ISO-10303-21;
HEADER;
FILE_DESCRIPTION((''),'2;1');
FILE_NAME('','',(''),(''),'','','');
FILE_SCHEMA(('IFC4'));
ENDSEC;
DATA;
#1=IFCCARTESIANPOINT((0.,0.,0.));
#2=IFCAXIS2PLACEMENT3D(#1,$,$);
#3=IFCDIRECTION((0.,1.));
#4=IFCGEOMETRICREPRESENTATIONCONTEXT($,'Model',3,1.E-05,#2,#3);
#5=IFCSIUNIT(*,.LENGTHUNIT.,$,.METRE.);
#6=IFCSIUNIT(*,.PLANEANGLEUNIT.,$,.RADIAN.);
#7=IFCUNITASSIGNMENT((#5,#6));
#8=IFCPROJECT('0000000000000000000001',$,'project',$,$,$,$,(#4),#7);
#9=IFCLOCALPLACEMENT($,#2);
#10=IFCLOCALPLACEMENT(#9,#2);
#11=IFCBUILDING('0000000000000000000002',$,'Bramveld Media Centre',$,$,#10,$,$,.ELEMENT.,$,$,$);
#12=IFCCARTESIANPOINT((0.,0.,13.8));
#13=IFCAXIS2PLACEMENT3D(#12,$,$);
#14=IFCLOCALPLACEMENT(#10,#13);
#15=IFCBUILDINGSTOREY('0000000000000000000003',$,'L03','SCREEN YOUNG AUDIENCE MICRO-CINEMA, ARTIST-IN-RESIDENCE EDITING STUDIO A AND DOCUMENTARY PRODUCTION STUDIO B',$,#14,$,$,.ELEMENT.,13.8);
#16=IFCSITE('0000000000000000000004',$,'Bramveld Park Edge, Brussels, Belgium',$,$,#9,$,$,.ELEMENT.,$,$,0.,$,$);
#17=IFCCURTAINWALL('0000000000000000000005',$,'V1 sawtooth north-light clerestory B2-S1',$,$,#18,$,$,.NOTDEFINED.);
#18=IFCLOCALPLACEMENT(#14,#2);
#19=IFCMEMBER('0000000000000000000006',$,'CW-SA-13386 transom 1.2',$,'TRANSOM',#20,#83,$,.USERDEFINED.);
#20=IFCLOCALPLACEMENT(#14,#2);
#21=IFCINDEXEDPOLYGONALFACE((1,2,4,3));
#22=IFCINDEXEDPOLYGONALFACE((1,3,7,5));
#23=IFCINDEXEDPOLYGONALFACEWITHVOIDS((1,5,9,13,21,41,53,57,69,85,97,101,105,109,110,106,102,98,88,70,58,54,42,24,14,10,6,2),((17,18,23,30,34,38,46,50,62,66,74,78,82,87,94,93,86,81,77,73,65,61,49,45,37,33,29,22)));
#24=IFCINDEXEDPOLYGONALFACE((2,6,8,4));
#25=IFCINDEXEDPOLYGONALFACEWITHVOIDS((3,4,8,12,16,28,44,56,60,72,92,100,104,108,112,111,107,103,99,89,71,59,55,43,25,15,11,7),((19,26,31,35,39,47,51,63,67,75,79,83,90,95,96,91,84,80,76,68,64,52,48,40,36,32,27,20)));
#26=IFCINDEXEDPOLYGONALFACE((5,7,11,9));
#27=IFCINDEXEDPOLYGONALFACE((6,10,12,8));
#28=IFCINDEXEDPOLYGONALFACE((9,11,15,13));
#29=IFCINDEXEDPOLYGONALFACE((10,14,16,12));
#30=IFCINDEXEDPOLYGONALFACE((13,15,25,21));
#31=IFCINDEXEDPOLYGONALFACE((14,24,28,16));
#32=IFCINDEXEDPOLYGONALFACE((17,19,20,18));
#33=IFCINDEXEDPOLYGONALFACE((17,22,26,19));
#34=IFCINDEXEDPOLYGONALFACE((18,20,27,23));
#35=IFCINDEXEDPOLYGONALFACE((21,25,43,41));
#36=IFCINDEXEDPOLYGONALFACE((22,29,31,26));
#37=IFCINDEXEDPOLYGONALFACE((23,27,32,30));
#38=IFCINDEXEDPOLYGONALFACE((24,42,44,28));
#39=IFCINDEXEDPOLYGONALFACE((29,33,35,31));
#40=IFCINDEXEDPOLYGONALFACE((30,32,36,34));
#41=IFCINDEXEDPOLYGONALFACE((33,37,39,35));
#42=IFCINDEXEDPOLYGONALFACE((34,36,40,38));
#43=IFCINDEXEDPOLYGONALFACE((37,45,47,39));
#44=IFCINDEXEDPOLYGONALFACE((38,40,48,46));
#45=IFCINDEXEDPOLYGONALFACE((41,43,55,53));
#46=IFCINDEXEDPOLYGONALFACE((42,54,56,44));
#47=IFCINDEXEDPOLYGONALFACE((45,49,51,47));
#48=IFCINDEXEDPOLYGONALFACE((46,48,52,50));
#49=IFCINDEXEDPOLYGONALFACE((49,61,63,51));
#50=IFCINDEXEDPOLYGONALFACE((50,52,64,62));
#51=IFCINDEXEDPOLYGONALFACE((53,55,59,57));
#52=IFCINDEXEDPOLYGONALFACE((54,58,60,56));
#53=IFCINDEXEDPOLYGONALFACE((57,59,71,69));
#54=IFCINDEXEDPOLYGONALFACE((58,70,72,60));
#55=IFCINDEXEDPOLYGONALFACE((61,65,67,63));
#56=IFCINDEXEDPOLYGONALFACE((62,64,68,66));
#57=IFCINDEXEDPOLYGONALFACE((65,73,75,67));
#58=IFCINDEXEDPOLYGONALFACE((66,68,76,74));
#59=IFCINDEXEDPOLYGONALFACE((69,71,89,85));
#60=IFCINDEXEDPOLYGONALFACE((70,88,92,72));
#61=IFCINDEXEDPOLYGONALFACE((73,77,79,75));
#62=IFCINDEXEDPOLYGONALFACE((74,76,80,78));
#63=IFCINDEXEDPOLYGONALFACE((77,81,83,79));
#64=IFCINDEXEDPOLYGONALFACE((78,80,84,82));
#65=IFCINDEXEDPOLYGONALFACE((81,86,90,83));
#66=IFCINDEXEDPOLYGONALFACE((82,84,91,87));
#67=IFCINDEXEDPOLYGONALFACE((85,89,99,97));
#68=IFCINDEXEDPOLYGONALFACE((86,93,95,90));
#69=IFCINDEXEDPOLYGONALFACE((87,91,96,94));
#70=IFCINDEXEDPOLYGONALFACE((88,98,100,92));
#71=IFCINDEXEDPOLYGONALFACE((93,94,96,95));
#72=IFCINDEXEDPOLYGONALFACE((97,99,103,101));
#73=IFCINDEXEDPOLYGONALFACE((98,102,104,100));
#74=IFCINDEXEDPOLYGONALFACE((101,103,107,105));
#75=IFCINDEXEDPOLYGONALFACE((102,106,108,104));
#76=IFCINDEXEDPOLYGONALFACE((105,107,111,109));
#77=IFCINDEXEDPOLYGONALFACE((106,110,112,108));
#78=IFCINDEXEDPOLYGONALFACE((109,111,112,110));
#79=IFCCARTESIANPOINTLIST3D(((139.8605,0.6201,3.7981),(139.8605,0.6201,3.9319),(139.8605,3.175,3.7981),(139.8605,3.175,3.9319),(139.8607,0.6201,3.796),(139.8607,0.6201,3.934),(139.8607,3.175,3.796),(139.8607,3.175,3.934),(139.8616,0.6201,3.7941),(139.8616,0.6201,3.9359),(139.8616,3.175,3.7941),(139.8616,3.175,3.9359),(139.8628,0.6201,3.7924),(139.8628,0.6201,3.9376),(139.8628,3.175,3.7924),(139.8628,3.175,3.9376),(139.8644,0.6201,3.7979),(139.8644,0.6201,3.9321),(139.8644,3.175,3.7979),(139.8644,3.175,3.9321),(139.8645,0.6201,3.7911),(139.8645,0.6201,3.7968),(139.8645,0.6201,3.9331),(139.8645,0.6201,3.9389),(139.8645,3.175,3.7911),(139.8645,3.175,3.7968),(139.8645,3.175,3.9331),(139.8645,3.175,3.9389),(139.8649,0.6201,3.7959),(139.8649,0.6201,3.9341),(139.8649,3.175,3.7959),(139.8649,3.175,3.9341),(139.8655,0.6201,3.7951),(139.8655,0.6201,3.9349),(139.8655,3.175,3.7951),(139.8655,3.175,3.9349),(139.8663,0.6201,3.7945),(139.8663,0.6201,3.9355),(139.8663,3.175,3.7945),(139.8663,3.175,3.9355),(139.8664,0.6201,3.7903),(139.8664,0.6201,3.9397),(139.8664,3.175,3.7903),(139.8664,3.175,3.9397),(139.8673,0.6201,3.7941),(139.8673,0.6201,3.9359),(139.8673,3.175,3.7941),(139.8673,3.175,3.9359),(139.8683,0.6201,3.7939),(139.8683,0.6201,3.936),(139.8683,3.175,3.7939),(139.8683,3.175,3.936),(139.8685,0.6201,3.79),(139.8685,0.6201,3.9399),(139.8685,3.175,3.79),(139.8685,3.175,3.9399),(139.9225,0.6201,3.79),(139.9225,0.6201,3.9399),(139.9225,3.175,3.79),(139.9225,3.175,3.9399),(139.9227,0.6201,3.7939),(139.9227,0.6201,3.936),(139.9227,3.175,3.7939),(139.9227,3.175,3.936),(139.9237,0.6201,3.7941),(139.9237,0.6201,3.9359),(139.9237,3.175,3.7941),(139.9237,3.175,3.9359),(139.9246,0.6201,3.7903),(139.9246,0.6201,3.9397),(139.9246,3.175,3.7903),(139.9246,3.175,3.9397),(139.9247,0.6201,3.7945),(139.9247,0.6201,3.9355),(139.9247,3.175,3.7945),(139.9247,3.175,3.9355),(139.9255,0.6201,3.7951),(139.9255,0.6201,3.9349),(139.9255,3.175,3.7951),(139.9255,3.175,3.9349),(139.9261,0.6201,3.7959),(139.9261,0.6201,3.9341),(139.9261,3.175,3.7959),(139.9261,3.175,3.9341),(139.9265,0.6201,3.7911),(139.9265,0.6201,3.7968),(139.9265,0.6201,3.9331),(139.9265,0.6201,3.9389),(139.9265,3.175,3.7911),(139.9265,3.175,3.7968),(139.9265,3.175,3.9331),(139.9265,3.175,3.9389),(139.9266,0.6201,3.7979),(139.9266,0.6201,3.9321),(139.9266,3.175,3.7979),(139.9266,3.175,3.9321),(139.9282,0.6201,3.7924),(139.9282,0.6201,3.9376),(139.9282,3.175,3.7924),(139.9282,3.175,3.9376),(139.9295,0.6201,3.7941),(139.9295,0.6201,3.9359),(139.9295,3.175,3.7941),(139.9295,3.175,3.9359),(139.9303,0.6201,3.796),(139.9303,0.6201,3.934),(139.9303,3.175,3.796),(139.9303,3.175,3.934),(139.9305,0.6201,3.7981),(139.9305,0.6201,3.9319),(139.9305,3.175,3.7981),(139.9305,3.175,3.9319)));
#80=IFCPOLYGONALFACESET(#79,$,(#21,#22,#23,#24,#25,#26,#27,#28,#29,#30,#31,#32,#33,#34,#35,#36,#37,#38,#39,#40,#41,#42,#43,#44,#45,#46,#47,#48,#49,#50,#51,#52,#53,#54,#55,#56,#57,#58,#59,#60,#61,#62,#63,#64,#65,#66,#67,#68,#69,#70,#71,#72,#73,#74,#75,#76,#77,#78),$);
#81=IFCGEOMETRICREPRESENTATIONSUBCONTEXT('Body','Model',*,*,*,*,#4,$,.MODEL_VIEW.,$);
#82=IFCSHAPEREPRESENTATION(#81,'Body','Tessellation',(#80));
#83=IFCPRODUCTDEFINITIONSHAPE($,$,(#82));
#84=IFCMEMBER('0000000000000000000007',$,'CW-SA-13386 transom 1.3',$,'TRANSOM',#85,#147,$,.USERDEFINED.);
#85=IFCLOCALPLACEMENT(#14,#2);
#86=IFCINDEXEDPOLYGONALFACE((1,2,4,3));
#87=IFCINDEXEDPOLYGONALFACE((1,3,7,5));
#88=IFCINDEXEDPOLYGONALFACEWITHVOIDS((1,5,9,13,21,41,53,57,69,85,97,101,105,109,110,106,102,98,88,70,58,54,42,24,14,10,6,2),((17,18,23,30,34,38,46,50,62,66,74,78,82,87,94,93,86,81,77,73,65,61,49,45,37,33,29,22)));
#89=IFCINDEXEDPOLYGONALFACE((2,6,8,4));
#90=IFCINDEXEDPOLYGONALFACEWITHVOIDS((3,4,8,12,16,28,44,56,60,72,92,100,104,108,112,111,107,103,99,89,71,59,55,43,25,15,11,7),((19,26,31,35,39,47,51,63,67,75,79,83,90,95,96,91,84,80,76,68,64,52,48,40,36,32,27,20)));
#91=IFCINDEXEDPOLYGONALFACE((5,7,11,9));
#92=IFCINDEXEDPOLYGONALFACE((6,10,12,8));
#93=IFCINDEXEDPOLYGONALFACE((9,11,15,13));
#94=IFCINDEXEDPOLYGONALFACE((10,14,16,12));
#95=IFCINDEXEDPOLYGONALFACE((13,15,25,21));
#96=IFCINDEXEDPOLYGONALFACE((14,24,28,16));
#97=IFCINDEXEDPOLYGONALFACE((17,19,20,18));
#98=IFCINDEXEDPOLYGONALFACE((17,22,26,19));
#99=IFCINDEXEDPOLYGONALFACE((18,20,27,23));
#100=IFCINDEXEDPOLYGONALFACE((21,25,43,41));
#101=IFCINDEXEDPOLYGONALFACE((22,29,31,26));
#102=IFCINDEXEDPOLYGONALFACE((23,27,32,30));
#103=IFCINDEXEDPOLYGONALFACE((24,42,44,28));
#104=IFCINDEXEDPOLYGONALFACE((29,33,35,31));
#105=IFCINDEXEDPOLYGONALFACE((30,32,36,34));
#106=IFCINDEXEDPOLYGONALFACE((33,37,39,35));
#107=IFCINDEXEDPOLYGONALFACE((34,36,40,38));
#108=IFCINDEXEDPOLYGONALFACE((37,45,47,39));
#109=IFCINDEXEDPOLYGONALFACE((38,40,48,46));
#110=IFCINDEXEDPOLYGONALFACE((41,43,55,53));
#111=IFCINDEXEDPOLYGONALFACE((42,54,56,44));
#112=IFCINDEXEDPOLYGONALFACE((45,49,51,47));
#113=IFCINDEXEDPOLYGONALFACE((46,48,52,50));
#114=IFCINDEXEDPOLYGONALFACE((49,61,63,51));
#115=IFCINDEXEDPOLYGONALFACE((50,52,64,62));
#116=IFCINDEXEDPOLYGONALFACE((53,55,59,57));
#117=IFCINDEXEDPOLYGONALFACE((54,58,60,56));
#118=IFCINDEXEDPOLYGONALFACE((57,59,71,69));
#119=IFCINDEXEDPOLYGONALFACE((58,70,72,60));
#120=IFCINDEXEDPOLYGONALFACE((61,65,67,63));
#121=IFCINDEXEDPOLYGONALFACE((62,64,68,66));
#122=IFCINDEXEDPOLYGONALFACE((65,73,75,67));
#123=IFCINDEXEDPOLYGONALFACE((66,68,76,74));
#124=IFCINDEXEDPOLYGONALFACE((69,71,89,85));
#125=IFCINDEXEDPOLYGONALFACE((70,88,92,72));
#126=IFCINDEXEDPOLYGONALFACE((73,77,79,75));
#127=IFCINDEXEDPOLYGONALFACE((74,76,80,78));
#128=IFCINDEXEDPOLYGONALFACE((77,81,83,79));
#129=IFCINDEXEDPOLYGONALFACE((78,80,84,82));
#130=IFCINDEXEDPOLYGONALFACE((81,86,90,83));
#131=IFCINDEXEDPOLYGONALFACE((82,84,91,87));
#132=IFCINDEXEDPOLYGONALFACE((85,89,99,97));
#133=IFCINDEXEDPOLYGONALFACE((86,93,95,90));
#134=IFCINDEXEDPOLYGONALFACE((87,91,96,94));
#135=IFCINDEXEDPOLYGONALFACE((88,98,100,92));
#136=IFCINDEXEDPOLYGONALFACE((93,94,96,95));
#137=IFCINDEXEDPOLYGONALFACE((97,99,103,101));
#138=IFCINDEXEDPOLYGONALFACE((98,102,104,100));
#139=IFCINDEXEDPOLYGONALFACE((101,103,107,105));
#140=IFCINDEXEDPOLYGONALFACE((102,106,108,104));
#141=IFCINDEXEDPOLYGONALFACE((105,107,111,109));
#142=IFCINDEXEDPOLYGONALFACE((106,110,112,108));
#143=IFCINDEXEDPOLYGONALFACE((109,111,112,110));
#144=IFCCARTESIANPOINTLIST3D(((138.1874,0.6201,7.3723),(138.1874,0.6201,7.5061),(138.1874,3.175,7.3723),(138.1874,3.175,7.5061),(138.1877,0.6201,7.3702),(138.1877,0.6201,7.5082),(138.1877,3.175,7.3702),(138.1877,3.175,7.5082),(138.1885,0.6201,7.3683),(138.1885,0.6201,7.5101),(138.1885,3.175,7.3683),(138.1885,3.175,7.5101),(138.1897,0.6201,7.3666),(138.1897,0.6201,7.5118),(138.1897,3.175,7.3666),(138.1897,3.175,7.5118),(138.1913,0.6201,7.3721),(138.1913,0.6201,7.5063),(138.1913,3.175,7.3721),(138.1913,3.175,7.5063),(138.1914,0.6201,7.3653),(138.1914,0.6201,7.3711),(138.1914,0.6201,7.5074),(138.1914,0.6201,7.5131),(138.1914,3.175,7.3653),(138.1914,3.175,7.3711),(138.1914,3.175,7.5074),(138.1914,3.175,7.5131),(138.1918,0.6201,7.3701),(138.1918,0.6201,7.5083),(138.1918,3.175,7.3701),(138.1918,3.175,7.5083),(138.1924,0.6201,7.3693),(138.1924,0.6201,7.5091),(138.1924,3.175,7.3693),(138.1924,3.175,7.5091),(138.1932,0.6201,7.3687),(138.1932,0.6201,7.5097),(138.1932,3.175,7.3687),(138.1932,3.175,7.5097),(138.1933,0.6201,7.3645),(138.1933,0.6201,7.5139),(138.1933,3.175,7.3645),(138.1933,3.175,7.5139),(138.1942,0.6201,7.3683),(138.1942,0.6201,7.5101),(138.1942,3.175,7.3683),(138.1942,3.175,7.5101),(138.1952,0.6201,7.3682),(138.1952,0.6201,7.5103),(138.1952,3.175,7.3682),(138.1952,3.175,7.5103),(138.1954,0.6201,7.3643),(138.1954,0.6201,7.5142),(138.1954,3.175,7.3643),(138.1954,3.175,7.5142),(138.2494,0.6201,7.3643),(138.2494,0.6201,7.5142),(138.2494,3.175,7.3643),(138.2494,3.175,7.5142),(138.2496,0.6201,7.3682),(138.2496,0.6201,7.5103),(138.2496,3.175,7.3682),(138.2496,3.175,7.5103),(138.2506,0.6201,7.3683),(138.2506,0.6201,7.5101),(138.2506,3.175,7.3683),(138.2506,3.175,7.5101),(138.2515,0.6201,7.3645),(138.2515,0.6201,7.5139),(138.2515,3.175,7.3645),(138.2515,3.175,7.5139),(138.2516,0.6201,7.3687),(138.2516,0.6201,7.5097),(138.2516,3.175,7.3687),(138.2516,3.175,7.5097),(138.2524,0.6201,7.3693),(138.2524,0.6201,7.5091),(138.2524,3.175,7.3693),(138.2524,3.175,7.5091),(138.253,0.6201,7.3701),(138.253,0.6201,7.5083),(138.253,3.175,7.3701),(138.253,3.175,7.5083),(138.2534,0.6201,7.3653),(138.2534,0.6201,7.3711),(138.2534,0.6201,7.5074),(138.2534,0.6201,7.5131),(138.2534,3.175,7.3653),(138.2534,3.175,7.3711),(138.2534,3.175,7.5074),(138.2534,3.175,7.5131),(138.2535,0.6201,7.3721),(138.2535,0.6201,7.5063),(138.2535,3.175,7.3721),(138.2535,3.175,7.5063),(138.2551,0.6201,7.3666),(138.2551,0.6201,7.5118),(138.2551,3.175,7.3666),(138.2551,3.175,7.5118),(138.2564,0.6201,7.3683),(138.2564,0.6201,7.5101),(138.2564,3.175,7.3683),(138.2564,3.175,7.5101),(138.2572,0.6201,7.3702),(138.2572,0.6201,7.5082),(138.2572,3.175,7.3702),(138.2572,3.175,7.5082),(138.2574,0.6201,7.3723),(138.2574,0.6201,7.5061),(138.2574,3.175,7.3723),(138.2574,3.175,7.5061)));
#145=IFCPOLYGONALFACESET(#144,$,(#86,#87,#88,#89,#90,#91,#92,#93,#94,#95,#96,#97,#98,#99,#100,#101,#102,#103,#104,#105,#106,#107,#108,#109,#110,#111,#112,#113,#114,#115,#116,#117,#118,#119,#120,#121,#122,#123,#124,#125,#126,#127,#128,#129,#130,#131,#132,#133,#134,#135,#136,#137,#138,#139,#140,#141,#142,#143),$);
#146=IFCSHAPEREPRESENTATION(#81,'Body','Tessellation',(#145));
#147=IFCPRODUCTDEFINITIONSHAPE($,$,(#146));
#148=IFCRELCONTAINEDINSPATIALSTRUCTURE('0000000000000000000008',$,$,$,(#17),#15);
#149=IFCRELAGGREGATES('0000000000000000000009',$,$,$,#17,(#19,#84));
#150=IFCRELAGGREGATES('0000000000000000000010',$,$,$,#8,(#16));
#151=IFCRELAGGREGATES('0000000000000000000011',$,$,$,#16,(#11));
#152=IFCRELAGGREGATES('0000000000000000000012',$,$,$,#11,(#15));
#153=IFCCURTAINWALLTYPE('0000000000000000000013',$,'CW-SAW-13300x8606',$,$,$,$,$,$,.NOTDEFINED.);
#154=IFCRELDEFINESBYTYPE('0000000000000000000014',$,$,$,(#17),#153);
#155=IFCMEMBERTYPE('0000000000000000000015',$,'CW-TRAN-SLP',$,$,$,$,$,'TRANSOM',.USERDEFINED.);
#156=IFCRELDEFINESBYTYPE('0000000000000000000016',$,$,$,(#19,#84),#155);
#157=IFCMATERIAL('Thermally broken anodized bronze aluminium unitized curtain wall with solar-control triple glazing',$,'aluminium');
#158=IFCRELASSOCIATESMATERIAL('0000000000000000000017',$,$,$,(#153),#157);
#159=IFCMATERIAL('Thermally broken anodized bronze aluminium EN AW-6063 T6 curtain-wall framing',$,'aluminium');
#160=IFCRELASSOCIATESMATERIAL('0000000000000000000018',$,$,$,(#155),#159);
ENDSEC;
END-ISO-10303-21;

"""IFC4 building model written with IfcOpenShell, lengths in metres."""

from ifc_helpers import new_model, si_unit, direction, frame, origin, origin_2d, place, context, subcontext, project, spatial, hollow_rectangle, extrude, material, material_profile, profile_set, type_object, element, aggregate, save


model = new_model("IFC4")

# Units and contexts
model_context = context("Model", 3, precision=1e-05, world=origin(), true_north=direction((0.0, 1.0)))
body_context = subcontext(model_context, "Body", "Model", "MODEL_VIEW")
ifc_project = project(units=[si_unit("LENGTHUNIT", "METRE"), si_unit("PLANEANGLEUNIT", "RADIAN")], contexts=[model_context])

# Site, building, storey
site_placement = place(None, origin())
site = spatial("IfcSite", under=ifc_project, at=site_placement, Name="Bramveld Park Edge, Brussels, Belgium", CompositionType="ELEMENT", RefElevation=0.0)
building_placement = place(site_placement, origin())
building = spatial("IfcBuilding", under=site, at=building_placement, Name="Bramveld Media Centre", CompositionType="ELEMENT")
storey_placement = place(building_placement, frame((0.0, 0.0, 13.8)))
storey = spatial("IfcBuildingStorey", under=building, at=storey_placement, Name="L03", Description="SCREEN YOUNG AUDIENCE MICRO-CINEMA, ARTIST-IN-RESIDENCE EDITING STUDIO A AND DOCUMENTARY PRODUCTION STUDIO B", CompositionType="ELEMENT", Elevation=13.8)

# Curtain wall, members
ifc_material_1 = material(Name="Thermally broken anodized bronze aluminium unitized curtain wall with solar-control triple glazing", Category="aluminium")
curtain_wall_type = type_object("IfcCurtainWallType", Name="CW-SAW-13300x8606", PredefinedType="NOTDEFINED", material=ifc_material_1)
curtain_wall_1_placement = place(storey_placement, origin())
curtain_wall_1 = element("IfcCurtainWall", 1, at=curtain_wall_1_placement, inside=storey, type_object=curtain_wall_type, Name="V1 sawtooth north-light clerestory B2-S1", PredefinedType="NOTDEFINED")
ifc_material_2 = material(Name="Thermally broken anodized bronze aluminium EN AW-6063 T6 curtain-wall framing", Category="aluminium")
ifc_material_profile_1 = material_profile(ifc_material_2, hollow_rectangle(XDim=0.0701, YDim=0.1499, WallThickness=0.0039, InnerFilletRadius=0.0039, OuterFilletRadius=0.0081, at=origin_2d()), Name="AL-TRAN 70x150")
ifc_profile_set_1 = profile_set([ifc_material_profile_1], Name="Thermally broken anodized bronze aluminium EN AW-6063 T6 curtain-wall framing")
member_type_1 = type_object("IfcMemberType", Name="CW-TRAN-SLP", ElementType="TRANSOM", PredefinedType="USERDEFINED", material=ifc_profile_set_1)
member_1_placement = place(storey_placement, frame((139.8955, 0.6201, 3.865), z_axis=(0.0, 1.0, 0.0), x_axis=(-1.0, 0.0, 0.0)))
member_1 = element("IfcMember", 2, at=member_1_placement, type_object=member_type_1, Name="CW-SA-13386 transom 1.2", ObjectType="TRANSOM", PredefinedType="USERDEFINED", context=body_context, shape_type="SweptSolid", body=[
    extrude(hollow_rectangle(XDim=0.0701, YDim=0.1499, WallThickness=0.0039, InnerFilletRadius=0.0039, OuterFilletRadius=0.0081, at=origin_2d()), origin(), (0.0, 0.0, 1.0), 2.5549),
])
member_2_placement = place(storey_placement, frame((138.2224, 0.6201, 7.4392), z_axis=(0.0, 1.0, 0.0), x_axis=(-1.0, 0.0, 0.0)))
member_2 = element("IfcMember", 3, at=member_2_placement, type_object=member_type_1, Name="CW-SA-13386 transom 1.3", ObjectType="TRANSOM", PredefinedType="USERDEFINED", context=body_context, shape_type="SweptSolid", body=[
    extrude(hollow_rectangle(XDim=0.0701, YDim=0.1499, WallThickness=0.0039, InnerFilletRadius=0.0039, OuterFilletRadius=0.0081, at=origin_2d()), origin(), (0.0, 0.0, 1.0), 2.5549),
])

aggregate(curtain_wall_1, [member_1, member_2])

save(model, "model.ifc")
